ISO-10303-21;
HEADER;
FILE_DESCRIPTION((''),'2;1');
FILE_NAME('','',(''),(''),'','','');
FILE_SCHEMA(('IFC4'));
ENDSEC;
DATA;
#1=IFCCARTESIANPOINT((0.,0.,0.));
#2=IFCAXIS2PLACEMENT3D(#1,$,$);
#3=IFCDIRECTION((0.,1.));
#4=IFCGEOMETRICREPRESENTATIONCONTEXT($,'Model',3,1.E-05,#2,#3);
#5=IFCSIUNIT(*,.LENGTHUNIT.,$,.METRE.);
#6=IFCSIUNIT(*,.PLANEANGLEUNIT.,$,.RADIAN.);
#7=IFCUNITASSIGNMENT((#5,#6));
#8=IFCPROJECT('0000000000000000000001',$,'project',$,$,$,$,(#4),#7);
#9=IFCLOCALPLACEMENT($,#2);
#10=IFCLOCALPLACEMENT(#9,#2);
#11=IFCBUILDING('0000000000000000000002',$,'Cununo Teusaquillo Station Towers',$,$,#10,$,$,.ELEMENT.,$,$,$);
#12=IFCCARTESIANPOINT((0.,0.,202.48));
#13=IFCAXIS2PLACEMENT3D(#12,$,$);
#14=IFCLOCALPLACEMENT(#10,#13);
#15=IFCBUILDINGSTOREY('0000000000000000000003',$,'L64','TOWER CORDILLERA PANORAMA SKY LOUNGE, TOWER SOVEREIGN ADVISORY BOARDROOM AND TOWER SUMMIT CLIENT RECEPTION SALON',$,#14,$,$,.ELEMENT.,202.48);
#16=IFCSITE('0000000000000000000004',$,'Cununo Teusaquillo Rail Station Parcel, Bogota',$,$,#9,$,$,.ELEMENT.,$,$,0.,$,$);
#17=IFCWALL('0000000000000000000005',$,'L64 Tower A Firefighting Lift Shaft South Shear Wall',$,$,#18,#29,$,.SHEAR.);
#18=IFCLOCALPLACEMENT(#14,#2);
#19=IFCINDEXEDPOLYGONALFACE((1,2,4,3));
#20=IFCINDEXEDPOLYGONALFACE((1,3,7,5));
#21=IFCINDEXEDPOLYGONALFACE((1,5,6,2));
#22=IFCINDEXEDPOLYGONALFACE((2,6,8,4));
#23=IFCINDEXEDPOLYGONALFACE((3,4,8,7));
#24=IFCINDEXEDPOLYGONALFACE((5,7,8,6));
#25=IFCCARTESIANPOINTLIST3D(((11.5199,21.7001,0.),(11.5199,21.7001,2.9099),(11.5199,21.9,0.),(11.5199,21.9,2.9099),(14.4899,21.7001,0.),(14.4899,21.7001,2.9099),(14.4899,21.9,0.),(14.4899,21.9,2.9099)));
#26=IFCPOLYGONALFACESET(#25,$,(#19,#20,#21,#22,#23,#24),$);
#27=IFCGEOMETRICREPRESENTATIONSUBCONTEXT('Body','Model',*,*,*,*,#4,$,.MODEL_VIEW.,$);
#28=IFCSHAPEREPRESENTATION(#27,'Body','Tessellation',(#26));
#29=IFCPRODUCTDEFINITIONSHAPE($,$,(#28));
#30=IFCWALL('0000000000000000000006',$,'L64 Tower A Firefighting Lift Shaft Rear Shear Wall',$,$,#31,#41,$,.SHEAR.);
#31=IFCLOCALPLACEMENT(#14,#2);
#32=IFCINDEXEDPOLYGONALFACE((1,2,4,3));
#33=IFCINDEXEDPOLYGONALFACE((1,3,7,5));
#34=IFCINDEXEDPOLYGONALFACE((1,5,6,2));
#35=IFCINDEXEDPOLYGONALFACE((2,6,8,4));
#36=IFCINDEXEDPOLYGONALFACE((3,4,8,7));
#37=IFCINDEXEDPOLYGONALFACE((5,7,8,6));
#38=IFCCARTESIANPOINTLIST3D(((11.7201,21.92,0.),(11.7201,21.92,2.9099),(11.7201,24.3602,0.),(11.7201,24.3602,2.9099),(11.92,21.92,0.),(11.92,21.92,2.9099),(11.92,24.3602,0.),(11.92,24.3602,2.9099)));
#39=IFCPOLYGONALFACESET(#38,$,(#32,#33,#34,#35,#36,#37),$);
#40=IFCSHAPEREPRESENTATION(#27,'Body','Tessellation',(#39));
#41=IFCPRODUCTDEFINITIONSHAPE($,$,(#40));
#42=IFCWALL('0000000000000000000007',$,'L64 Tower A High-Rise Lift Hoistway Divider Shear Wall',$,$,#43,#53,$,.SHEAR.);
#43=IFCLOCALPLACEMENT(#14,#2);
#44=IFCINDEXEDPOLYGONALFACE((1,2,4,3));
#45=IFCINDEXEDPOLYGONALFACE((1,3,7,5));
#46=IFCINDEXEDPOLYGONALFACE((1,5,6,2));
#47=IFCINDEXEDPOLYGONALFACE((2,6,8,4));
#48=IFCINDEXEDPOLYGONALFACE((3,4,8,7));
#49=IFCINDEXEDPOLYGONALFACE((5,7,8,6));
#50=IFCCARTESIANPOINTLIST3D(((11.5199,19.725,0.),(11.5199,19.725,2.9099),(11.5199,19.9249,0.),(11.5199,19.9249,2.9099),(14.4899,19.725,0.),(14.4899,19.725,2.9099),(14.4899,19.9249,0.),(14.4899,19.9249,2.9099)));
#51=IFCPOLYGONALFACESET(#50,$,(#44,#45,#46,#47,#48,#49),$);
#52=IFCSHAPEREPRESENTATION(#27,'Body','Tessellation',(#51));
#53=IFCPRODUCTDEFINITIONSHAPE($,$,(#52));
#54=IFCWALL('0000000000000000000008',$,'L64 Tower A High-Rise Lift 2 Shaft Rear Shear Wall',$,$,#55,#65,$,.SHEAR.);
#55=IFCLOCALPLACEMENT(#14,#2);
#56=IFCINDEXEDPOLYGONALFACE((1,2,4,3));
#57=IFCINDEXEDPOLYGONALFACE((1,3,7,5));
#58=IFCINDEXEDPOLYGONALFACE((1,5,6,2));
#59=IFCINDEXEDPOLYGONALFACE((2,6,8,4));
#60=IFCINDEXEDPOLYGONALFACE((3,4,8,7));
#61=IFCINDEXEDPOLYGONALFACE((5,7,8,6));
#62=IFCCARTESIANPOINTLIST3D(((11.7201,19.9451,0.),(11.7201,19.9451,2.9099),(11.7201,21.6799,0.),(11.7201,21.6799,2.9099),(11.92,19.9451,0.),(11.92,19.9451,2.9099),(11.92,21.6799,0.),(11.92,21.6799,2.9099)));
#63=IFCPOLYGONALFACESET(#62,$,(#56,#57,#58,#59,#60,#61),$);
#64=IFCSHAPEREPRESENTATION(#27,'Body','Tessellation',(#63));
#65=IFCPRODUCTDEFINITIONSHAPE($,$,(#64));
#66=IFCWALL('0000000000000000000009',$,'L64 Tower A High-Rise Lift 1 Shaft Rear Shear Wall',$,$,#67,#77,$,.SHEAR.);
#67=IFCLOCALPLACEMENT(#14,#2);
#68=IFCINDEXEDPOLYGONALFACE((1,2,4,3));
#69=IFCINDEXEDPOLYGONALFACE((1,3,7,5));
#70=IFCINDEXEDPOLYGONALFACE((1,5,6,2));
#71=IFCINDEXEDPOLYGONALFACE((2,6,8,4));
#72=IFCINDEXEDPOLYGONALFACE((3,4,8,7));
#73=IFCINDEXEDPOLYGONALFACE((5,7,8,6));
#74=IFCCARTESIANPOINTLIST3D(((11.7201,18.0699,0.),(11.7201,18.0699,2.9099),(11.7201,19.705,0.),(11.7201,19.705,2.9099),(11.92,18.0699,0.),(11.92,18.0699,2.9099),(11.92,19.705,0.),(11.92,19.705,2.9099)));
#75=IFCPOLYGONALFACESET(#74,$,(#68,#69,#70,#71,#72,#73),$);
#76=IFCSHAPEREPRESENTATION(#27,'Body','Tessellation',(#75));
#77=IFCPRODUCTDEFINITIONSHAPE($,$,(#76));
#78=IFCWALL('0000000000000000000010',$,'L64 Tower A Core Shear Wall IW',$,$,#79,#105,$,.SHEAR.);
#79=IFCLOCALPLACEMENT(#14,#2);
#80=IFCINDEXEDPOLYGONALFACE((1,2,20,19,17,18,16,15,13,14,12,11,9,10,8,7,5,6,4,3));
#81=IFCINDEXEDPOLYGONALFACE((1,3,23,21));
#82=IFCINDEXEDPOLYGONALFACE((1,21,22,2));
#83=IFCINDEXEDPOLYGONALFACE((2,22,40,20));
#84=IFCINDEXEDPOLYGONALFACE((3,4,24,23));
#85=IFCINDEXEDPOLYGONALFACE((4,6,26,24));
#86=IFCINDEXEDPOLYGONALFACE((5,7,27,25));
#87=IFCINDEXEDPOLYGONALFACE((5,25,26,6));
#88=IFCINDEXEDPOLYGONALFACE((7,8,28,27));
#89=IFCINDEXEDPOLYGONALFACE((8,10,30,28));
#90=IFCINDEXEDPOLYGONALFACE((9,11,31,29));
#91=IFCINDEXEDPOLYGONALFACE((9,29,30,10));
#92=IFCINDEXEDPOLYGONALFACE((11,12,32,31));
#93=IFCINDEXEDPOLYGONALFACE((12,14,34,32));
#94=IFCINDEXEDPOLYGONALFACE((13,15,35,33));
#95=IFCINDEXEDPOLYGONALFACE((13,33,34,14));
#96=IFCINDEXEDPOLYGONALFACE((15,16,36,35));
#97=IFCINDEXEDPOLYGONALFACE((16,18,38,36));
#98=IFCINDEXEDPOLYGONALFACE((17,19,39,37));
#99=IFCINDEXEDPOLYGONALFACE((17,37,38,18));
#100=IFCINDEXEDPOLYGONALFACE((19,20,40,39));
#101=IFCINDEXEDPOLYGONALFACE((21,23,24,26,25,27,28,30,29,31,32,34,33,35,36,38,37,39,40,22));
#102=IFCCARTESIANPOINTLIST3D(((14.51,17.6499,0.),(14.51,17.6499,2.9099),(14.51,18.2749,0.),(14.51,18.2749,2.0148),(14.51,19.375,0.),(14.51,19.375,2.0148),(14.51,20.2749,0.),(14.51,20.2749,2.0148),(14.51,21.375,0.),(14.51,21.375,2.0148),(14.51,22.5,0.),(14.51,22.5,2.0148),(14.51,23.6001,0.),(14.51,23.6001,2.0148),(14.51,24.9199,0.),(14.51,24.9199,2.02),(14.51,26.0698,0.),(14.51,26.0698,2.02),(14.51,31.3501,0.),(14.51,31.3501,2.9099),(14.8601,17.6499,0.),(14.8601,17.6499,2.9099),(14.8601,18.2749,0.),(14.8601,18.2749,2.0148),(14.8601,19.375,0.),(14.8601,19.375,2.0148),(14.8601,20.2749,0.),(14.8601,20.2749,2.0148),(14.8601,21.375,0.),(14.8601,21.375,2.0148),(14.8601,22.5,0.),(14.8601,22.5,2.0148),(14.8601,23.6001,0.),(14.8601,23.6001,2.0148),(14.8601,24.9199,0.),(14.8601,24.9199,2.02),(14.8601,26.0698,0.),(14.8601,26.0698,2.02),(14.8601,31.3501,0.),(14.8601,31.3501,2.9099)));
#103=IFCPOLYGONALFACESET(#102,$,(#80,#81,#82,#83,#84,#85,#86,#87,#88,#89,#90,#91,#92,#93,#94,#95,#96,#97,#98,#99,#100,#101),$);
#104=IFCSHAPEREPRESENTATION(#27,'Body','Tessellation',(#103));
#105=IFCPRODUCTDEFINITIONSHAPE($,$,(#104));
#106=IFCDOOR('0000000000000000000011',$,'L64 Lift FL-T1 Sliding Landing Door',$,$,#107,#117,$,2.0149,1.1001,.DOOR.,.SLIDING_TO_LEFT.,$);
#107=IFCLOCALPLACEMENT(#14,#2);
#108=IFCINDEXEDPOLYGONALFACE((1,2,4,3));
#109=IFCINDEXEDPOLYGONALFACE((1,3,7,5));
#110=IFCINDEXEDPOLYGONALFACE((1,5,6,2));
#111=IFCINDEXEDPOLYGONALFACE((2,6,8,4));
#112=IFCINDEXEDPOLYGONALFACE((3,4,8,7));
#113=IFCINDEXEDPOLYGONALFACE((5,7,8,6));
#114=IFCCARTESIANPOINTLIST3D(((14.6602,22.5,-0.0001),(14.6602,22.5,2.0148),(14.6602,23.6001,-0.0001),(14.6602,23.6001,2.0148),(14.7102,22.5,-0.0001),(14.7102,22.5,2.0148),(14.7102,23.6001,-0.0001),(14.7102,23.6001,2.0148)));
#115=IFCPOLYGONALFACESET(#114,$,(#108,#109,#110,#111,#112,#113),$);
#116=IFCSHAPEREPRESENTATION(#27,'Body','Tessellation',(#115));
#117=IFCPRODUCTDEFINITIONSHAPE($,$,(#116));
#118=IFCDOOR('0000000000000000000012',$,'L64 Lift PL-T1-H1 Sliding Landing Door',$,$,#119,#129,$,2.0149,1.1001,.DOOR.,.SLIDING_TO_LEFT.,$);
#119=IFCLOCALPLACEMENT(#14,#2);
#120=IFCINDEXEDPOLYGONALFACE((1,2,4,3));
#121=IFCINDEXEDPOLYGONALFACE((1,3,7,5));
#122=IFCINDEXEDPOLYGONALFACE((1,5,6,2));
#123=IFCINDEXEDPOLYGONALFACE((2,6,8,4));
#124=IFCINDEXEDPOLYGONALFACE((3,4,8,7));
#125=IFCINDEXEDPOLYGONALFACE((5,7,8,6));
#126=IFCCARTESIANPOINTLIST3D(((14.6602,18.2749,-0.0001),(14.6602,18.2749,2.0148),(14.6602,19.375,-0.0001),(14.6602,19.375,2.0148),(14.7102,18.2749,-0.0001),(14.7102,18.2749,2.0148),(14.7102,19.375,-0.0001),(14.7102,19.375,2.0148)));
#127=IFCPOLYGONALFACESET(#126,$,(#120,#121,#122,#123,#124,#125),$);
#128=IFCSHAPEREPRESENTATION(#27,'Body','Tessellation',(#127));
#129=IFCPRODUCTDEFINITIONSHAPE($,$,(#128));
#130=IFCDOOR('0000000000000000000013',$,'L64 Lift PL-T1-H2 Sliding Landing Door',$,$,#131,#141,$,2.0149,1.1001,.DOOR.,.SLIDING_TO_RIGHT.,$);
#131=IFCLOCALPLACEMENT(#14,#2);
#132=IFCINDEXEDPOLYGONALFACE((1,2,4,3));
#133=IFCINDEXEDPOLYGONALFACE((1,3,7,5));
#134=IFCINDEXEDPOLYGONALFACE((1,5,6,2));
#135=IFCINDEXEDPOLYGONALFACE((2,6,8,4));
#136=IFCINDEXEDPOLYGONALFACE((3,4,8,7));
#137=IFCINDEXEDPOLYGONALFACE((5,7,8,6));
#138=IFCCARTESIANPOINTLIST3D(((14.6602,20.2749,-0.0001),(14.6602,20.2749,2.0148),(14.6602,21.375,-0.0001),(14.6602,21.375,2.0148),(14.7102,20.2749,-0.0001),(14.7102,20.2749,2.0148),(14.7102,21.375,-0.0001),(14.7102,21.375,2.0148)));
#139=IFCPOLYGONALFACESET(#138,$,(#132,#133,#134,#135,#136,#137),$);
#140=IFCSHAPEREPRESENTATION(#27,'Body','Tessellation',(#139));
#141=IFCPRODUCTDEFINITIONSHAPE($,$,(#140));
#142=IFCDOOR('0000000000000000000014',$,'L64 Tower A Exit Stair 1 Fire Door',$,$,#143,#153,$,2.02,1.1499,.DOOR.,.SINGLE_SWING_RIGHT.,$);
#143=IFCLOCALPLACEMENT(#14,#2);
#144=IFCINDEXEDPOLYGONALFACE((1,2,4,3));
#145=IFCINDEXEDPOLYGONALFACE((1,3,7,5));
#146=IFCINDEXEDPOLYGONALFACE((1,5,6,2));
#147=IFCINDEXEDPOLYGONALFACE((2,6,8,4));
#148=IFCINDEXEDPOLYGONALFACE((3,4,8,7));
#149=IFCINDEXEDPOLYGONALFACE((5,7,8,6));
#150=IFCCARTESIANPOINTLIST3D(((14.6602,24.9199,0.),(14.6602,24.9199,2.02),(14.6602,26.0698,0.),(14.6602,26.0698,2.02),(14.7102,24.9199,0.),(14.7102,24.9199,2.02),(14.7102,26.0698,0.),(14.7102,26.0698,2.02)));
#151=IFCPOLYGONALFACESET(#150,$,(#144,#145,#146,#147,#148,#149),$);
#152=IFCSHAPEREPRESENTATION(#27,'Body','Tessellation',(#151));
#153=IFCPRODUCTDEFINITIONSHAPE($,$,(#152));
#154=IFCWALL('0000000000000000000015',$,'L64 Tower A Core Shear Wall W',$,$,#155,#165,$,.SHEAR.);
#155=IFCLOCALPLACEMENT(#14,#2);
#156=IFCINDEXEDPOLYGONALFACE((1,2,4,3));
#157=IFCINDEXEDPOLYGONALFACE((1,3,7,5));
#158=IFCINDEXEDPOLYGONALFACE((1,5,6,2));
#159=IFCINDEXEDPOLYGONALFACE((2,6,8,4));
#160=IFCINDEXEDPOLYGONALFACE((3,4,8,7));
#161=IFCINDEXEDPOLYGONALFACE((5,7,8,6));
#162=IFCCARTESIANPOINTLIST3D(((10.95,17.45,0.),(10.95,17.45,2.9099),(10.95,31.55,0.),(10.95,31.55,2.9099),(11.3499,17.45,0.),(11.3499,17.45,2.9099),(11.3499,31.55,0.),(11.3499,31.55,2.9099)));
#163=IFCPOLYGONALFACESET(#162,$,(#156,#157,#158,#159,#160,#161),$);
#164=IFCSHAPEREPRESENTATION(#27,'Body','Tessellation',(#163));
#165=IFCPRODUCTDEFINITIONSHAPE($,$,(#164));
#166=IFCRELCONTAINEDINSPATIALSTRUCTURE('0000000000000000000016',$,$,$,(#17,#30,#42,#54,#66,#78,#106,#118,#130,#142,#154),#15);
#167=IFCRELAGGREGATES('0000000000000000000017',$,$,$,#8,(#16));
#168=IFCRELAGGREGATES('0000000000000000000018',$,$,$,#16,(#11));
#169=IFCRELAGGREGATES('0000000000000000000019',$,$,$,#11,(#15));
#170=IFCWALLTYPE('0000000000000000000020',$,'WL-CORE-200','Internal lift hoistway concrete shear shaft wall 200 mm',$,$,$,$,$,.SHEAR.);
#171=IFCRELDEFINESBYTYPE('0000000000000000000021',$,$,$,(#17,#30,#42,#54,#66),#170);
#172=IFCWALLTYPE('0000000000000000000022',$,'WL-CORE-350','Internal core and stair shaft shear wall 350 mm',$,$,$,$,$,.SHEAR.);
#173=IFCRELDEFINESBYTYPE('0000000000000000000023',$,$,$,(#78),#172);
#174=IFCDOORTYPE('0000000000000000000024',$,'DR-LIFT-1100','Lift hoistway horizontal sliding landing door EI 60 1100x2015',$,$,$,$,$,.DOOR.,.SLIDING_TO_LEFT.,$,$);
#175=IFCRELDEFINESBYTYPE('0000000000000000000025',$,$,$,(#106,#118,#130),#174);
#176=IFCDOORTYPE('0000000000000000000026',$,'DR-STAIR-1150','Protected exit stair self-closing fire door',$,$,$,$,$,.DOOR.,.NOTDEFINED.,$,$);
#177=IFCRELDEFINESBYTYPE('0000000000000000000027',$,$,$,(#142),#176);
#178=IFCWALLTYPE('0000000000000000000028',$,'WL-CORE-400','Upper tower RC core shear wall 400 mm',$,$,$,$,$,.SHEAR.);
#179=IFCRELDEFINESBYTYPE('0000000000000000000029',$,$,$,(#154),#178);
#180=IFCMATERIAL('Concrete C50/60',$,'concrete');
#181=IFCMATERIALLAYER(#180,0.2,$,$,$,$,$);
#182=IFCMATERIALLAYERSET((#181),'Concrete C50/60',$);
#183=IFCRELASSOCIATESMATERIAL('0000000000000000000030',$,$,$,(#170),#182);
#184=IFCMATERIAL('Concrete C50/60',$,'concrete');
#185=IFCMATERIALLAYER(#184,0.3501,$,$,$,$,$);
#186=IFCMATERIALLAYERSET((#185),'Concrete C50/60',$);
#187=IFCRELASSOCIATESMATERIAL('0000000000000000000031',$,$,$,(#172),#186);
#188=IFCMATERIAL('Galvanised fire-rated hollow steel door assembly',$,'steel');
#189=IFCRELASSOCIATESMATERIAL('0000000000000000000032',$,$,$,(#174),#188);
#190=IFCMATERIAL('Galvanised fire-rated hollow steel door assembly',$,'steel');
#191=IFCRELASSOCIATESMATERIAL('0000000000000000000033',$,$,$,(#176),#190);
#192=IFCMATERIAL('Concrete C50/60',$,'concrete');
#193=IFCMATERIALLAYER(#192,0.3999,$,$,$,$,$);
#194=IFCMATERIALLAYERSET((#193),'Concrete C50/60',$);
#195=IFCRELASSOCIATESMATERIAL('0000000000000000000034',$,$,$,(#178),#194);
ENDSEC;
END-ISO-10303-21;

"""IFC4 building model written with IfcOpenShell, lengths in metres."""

from ifc_helpers import new_model, si_unit, direction, frame, frame_2d, origin, place, context, subcontext, project, spatial, rectangle, extrude, source, transform, mapped, material, layer, layer_set, type_object, element, fill, save


model = new_model("IFC4")

# Units and contexts
model_context = context("Model", 3, precision=1e-05, world=origin(), true_north=direction((0.0, 1.0)))
body_context = subcontext(model_context, "Body", "Model", "MODEL_VIEW")
ifc_project = project(units=[si_unit("LENGTHUNIT", "METRE"), si_unit("PLANEANGLEUNIT", "RADIAN")], contexts=[model_context])

# Site, building, storey
site_placement = place(None, origin())
site = spatial("IfcSite", under=ifc_project, at=site_placement, Name="Cununo Teusaquillo Rail Station Parcel, Bogota", CompositionType="ELEMENT", RefElevation=0.0)
building_placement = place(site_placement, origin())
building = spatial("IfcBuilding", under=site, at=building_placement, Name="Cununo Teusaquillo Station Towers", CompositionType="ELEMENT")
storey_placement = place(building_placement, frame((0.0, 0.0, 202.48)))
storey = spatial("IfcBuildingStorey", under=building, at=storey_placement, Name="L64", Description="TOWER CORDILLERA PANORAMA SKY LOUNGE, TOWER SOVEREIGN ADVISORY BOARDROOM AND TOWER SUMMIT CLIENT RECEPTION SALON", CompositionType="ELEMENT", Elevation=202.48)

# Walls
ifc_material_1 = material(Name="Concrete C50/60", Category="concrete")
ifc_layer_1 = layer(ifc_material_1, 0.2)
ifc_layer_set_1 = layer_set([ifc_layer_1], Name="Concrete C50/60")
wall_type_1 = type_object("IfcWallType", Name="WL-CORE-200", Description="Internal lift hoistway concrete shear shaft wall 200 mm", PredefinedType="SHEAR", material=ifc_layer_set_1)
wall_1_placement = place(storey_placement, frame((11.52, 21.8, 0.0), z_axis=(0.0, 0.0, 1.0), x_axis=(1.0, 0.0, 0.0)))
element("IfcWall", 1, at=wall_1_placement, inside=storey, type_object=wall_type_1, Name="L64 Tower A Firefighting Lift Shaft South Shear Wall", PredefinedType="SHEAR", context=body_context, shape_type="SweptSolid", body=[
    extrude(rectangle(XDim=2.97, YDim=0.2, at=frame_2d((1.4849, 0.0))), origin(), (0.0, 0.0, 1.0), 2.9099),
])
wall_2_placement = place(storey_placement, frame((11.8201, 21.9199, 0.0), z_axis=(0.0, 0.0, 1.0), x_axis=(0.0, 1.0, 0.0)))
element("IfcWall", 2, at=wall_2_placement, inside=storey, type_object=wall_type_1, Name="L64 Tower A Firefighting Lift Shaft Rear Shear Wall", PredefinedType="SHEAR", context=body_context, shape_type="SweptSolid", body=[
    extrude(rectangle(XDim=2.4402, YDim=0.2, at=frame_2d((1.2202, 0.0))), origin(), (0.0, 0.0, 1.0), 2.9099),
])
wall_3_placement = place(storey_placement, frame((11.52, 19.825, 0.0), z_axis=(0.0, 0.0, 1.0), x_axis=(1.0, 0.0, 0.0)))
element("IfcWall", 3, at=wall_3_placement, inside=storey, type_object=wall_type_1, Name="L64 Tower A High-Rise Lift Hoistway Divider Shear Wall", PredefinedType="SHEAR", context=body_context, shape_type="SweptSolid", body=[
    extrude(rectangle(XDim=2.97, YDim=0.2, at=frame_2d((1.4849, 0.0))), origin(), (0.0, 0.0, 1.0), 2.9099),
])
wall_4_placement = place(storey_placement, frame((11.8201, 19.9451, 0.0), z_axis=(0.0, 0.0, 1.0), x_axis=(0.0, 1.0, 0.0)))
element("IfcWall", 4, at=wall_4_placement, inside=storey, type_object=wall_type_1, Name="L64 Tower A High-Rise Lift 2 Shaft Rear Shear Wall", PredefinedType="SHEAR", context=body_context, shape_type="SweptSolid", body=[
    extrude(rectangle(XDim=1.7349, YDim=0.2, at=frame_2d((0.8674, 0.0))), origin(), (0.0, 0.0, 1.0), 2.9099),
])
wall_5_placement = place(storey_placement, frame((11.8201, 18.0701, 0.0), z_axis=(0.0, 0.0, 1.0), x_axis=(0.0, 1.0, 0.0)))
element("IfcWall", 5, at=wall_5_placement, inside=storey, type_object=wall_type_1, Name="L64 Tower A High-Rise Lift 1 Shaft Rear Shear Wall", PredefinedType="SHEAR", context=body_context, shape_type="SweptSolid", body=[
    extrude(rectangle(XDim=1.635, YDim=0.2, at=frame_2d((0.8174, 0.0))), origin(), (0.0, 0.0, 1.0), 2.9099),
])

# Wall, openings, doors
ifc_material_2 = material(Name="Concrete C50/60", Category="concrete")
ifc_layer_2 = layer(ifc_material_2, 0.3501)
ifc_layer_set_2 = layer_set([ifc_layer_2], Name="Concrete C50/60")
wall_type_2 = type_object("IfcWallType", Name="WL-CORE-350", Description="Internal core and stair shaft shear wall 350 mm", PredefinedType="SHEAR", material=ifc_layer_set_2)
wall_6_placement = place(storey_placement, frame((14.6851, 17.6499, 0.0), z_axis=(0.0, 0.0, 1.0), x_axis=(0.0, 1.0, 0.0)))
wall_6 = element("IfcWall", 6, at=wall_6_placement, inside=storey, type_object=wall_type_2, Name="L64 Tower A Core Shear Wall IW", PredefinedType="SHEAR", context=body_context, shape_type="SweptSolid", body=[
    extrude(rectangle(XDim=13.7002, YDim=0.3501, at=frame_2d((6.8501, 0.0))), origin(), (0.0, 0.0, 1.0), 2.9099),
])
shared_shape_1 = source(origin(), body_context, "Body", "SweptSolid", [
    extrude(rectangle(XDim=1.1001, YDim=2.0149, at=frame_2d((0.55, 1.0073))), frame((0.0, 0.1851, 0.0), z_axis=(0.0, -1.0, 0.0), x_axis=(1.0, 0.0, 0.0)), (0.0, 0.0, 1.0), 0.3701),
])
opening_1_placement = place(wall_6_placement, frame((4.8501, 0.0, 0.0)))
opening_1 = element("IfcOpeningElement", 7, at=opening_1_placement, cuts=wall_6, PredefinedType="OPENING", context=body_context, shape_type="MappedRepresentation", body=[
    mapped(shared_shape_1, transform((0.0, 0.0, 0.0), x_axis=(1.0, 0.0, 0.0), y_axis=(0.0, 1.0, 0.0), z_axis=(0.0, 0.0, 1.0), scale=1.0)),
])
opening_2_placement = place(wall_6_placement, frame((0.625, 0.0, 0.0)))
opening_2 = element("IfcOpeningElement", 8, at=opening_2_placement, cuts=wall_6, PredefinedType="OPENING", context=body_context, shape_type="MappedRepresentation", body=[
    mapped(shared_shape_1, transform((0.0, 0.0, 0.0), x_axis=(1.0, 0.0, 0.0), y_axis=(0.0, 1.0, 0.0), z_axis=(0.0, 0.0, 1.0), scale=1.0)),
])
opening_3_placement = place(wall_6_placement, frame((2.625, 0.0, 0.0)))
opening_3 = element("IfcOpeningElement", 9, at=opening_3_placement, cuts=wall_6, PredefinedType="OPENING", context=body_context, shape_type="MappedRepresentation", body=[
    mapped(shared_shape_1, transform((0.0, 0.0, 0.0), x_axis=(1.0, 0.0, 0.0), y_axis=(0.0, 1.0, 0.0), z_axis=(0.0, 0.0, 1.0), scale=1.0)),
])
shared_shape_2 = source(origin(), body_context, "Body", "SweptSolid", [
    extrude(rectangle(XDim=1.1499, YDim=2.02, at=frame_2d((0.575, 1.01))), frame((0.0, 0.1851, 0.0), z_axis=(0.0, -1.0, 0.0), x_axis=(1.0, 0.0, 0.0)), (0.0, 0.0, 1.0), 0.3701),
])
opening_4_placement = place(wall_6_placement, frame((7.27, 0.0, 0.0)))
opening_4 = element("IfcOpeningElement", 10, at=opening_4_placement, cuts=wall_6, PredefinedType="OPENING", context=body_context, shape_type="MappedRepresentation", body=[
    mapped(shared_shape_2, transform((0.0, 0.0, 0.0), x_axis=(1.0, 0.0, 0.0), y_axis=(0.0, 1.0, 0.0), z_axis=(0.0, 0.0, 1.0), scale=1.0)),
])
ifc_material_3 = material(Name="Galvanised fire-rated hollow steel door assembly", Category="steel")
door_type_1 = type_object("IfcDoorType", Name="DR-LIFT-1100", Description="Lift hoistway horizontal sliding landing door EI 60 1100x2015", OperationType="SLIDING_TO_LEFT", PredefinedType="DOOR", material=ifc_material_3)
shared_shape_3 = source(origin(), body_context, "Body", "SweptSolid", [
    extrude(rectangle(XDim=1.1001, YDim=2.0149, at=frame_2d((0.55, 1.0073))), frame((0.0, 0.0249, 0.0), z_axis=(0.0, -1.0, 0.0), x_axis=(1.0, 0.0, 0.0)), (0.0, 0.0, 1.0), 0.05),
])
door_1_placement = place(opening_1_placement, origin())
door_1 = element("IfcDoor", 11, at=door_1_placement, inside=storey, type_object=door_type_1, Name="L64 Lift FL-T1 Sliding Landing Door", OperationType="SLIDING_TO_LEFT", OverallHeight=2.0149, OverallWidth=1.1001, PredefinedType="DOOR", context=body_context, shape_type="MappedRepresentation", body=[
    mapped(shared_shape_3, transform((0.0, 0.0, 0.0), x_axis=(1.0, 0.0, 0.0), y_axis=(0.0, 1.0, 0.0), z_axis=(0.0, 0.0, 1.0), scale=1.0)),
])
fill(opening_1, door_1)
door_2_placement = place(opening_2_placement, origin())
door_2 = element("IfcDoor", 12, at=door_2_placement, inside=storey, type_object=door_type_1, Name="L64 Lift PL-T1-H1 Sliding Landing Door", OperationType="SLIDING_TO_LEFT", OverallHeight=2.0149, OverallWidth=1.1001, PredefinedType="DOOR", context=body_context, shape_type="MappedRepresentation", body=[
    mapped(shared_shape_3, transform((0.0, 0.0, 0.0), x_axis=(1.0, 0.0, 0.0), y_axis=(0.0, 1.0, 0.0), z_axis=(0.0, 0.0, 1.0), scale=1.0)),
])
fill(opening_2, door_2)
door_3_placement = place(opening_3_placement, origin())
door_3 = element("IfcDoor", 13, at=door_3_placement, inside=storey, type_object=door_type_1, Name="L64 Lift PL-T1-H2 Sliding Landing Door", OperationType="SLIDING_TO_RIGHT", OverallHeight=2.0149, OverallWidth=1.1001, PredefinedType="DOOR", context=body_context, shape_type="MappedRepresentation", body=[
    mapped(shared_shape_3, transform((0.0, 0.0, 0.0), x_axis=(1.0, 0.0, 0.0), y_axis=(0.0, 1.0, 0.0), z_axis=(0.0, 0.0, 1.0), scale=1.0)),
])
fill(opening_3, door_3)
ifc_material_4 = material(Name="Galvanised fire-rated hollow steel door assembly", Category="steel")
door_type_2 = type_object("IfcDoorType", Name="DR-STAIR-1150", Description="Protected exit stair self-closing fire door", OperationType="NOTDEFINED", PredefinedType="DOOR", material=ifc_material_4)
shared_shape_4 = source(origin(), body_context, "Body", "SweptSolid", [
    extrude(rectangle(XDim=1.1499, YDim=2.02, at=frame_2d((0.575, 1.01))), frame((0.0, 0.0249, 0.0), z_axis=(0.0, -1.0, 0.0), x_axis=(1.0, 0.0, 0.0)), (0.0, 0.0, 1.0), 0.05),
])
door_4_placement = place(opening_4_placement, origin())
door_4 = element("IfcDoor", 14, at=door_4_placement, inside=storey, type_object=door_type_2, Name="L64 Tower A Exit Stair 1 Fire Door", OperationType="SINGLE_SWING_RIGHT", OverallHeight=2.02, OverallWidth=1.1499, PredefinedType="DOOR", context=body_context, shape_type="MappedRepresentation", body=[
    mapped(shared_shape_4, transform((0.0, 0.0, 0.0), x_axis=(1.0, 0.0, 0.0), y_axis=(0.0, 1.0, 0.0), z_axis=(0.0, 0.0, 1.0), scale=1.0)),
])
fill(opening_4, door_4)

# Wall
ifc_material_5 = material(Name="Concrete C50/60", Category="concrete")
ifc_layer_3 = layer(ifc_material_5, 0.3999)
ifc_layer_set_3 = layer_set([ifc_layer_3], Name="Concrete C50/60")
wall_type_3 = type_object("IfcWallType", Name="WL-CORE-400", Description="Upper tower RC core shear wall 400 mm", PredefinedType="SHEAR", material=ifc_layer_set_3)
wall_7_placement = place(storey_placement, frame((11.1499, 17.45, 0.0), z_axis=(0.0, 0.0, 1.0), x_axis=(0.0, 1.0, 0.0)))
element("IfcWall", 15, at=wall_7_placement, inside=storey, type_object=wall_type_3, Name="L64 Tower A Core Shear Wall W", PredefinedType="SHEAR", context=body_context, shape_type="SweptSolid", body=[
    extrude(rectangle(XDim=14.1001, YDim=0.3999, at=frame_2d((7.05, 0.0))), origin(), (0.0, 0.0, 1.0), 2.9099),
])

save(model, "model.ifc")
